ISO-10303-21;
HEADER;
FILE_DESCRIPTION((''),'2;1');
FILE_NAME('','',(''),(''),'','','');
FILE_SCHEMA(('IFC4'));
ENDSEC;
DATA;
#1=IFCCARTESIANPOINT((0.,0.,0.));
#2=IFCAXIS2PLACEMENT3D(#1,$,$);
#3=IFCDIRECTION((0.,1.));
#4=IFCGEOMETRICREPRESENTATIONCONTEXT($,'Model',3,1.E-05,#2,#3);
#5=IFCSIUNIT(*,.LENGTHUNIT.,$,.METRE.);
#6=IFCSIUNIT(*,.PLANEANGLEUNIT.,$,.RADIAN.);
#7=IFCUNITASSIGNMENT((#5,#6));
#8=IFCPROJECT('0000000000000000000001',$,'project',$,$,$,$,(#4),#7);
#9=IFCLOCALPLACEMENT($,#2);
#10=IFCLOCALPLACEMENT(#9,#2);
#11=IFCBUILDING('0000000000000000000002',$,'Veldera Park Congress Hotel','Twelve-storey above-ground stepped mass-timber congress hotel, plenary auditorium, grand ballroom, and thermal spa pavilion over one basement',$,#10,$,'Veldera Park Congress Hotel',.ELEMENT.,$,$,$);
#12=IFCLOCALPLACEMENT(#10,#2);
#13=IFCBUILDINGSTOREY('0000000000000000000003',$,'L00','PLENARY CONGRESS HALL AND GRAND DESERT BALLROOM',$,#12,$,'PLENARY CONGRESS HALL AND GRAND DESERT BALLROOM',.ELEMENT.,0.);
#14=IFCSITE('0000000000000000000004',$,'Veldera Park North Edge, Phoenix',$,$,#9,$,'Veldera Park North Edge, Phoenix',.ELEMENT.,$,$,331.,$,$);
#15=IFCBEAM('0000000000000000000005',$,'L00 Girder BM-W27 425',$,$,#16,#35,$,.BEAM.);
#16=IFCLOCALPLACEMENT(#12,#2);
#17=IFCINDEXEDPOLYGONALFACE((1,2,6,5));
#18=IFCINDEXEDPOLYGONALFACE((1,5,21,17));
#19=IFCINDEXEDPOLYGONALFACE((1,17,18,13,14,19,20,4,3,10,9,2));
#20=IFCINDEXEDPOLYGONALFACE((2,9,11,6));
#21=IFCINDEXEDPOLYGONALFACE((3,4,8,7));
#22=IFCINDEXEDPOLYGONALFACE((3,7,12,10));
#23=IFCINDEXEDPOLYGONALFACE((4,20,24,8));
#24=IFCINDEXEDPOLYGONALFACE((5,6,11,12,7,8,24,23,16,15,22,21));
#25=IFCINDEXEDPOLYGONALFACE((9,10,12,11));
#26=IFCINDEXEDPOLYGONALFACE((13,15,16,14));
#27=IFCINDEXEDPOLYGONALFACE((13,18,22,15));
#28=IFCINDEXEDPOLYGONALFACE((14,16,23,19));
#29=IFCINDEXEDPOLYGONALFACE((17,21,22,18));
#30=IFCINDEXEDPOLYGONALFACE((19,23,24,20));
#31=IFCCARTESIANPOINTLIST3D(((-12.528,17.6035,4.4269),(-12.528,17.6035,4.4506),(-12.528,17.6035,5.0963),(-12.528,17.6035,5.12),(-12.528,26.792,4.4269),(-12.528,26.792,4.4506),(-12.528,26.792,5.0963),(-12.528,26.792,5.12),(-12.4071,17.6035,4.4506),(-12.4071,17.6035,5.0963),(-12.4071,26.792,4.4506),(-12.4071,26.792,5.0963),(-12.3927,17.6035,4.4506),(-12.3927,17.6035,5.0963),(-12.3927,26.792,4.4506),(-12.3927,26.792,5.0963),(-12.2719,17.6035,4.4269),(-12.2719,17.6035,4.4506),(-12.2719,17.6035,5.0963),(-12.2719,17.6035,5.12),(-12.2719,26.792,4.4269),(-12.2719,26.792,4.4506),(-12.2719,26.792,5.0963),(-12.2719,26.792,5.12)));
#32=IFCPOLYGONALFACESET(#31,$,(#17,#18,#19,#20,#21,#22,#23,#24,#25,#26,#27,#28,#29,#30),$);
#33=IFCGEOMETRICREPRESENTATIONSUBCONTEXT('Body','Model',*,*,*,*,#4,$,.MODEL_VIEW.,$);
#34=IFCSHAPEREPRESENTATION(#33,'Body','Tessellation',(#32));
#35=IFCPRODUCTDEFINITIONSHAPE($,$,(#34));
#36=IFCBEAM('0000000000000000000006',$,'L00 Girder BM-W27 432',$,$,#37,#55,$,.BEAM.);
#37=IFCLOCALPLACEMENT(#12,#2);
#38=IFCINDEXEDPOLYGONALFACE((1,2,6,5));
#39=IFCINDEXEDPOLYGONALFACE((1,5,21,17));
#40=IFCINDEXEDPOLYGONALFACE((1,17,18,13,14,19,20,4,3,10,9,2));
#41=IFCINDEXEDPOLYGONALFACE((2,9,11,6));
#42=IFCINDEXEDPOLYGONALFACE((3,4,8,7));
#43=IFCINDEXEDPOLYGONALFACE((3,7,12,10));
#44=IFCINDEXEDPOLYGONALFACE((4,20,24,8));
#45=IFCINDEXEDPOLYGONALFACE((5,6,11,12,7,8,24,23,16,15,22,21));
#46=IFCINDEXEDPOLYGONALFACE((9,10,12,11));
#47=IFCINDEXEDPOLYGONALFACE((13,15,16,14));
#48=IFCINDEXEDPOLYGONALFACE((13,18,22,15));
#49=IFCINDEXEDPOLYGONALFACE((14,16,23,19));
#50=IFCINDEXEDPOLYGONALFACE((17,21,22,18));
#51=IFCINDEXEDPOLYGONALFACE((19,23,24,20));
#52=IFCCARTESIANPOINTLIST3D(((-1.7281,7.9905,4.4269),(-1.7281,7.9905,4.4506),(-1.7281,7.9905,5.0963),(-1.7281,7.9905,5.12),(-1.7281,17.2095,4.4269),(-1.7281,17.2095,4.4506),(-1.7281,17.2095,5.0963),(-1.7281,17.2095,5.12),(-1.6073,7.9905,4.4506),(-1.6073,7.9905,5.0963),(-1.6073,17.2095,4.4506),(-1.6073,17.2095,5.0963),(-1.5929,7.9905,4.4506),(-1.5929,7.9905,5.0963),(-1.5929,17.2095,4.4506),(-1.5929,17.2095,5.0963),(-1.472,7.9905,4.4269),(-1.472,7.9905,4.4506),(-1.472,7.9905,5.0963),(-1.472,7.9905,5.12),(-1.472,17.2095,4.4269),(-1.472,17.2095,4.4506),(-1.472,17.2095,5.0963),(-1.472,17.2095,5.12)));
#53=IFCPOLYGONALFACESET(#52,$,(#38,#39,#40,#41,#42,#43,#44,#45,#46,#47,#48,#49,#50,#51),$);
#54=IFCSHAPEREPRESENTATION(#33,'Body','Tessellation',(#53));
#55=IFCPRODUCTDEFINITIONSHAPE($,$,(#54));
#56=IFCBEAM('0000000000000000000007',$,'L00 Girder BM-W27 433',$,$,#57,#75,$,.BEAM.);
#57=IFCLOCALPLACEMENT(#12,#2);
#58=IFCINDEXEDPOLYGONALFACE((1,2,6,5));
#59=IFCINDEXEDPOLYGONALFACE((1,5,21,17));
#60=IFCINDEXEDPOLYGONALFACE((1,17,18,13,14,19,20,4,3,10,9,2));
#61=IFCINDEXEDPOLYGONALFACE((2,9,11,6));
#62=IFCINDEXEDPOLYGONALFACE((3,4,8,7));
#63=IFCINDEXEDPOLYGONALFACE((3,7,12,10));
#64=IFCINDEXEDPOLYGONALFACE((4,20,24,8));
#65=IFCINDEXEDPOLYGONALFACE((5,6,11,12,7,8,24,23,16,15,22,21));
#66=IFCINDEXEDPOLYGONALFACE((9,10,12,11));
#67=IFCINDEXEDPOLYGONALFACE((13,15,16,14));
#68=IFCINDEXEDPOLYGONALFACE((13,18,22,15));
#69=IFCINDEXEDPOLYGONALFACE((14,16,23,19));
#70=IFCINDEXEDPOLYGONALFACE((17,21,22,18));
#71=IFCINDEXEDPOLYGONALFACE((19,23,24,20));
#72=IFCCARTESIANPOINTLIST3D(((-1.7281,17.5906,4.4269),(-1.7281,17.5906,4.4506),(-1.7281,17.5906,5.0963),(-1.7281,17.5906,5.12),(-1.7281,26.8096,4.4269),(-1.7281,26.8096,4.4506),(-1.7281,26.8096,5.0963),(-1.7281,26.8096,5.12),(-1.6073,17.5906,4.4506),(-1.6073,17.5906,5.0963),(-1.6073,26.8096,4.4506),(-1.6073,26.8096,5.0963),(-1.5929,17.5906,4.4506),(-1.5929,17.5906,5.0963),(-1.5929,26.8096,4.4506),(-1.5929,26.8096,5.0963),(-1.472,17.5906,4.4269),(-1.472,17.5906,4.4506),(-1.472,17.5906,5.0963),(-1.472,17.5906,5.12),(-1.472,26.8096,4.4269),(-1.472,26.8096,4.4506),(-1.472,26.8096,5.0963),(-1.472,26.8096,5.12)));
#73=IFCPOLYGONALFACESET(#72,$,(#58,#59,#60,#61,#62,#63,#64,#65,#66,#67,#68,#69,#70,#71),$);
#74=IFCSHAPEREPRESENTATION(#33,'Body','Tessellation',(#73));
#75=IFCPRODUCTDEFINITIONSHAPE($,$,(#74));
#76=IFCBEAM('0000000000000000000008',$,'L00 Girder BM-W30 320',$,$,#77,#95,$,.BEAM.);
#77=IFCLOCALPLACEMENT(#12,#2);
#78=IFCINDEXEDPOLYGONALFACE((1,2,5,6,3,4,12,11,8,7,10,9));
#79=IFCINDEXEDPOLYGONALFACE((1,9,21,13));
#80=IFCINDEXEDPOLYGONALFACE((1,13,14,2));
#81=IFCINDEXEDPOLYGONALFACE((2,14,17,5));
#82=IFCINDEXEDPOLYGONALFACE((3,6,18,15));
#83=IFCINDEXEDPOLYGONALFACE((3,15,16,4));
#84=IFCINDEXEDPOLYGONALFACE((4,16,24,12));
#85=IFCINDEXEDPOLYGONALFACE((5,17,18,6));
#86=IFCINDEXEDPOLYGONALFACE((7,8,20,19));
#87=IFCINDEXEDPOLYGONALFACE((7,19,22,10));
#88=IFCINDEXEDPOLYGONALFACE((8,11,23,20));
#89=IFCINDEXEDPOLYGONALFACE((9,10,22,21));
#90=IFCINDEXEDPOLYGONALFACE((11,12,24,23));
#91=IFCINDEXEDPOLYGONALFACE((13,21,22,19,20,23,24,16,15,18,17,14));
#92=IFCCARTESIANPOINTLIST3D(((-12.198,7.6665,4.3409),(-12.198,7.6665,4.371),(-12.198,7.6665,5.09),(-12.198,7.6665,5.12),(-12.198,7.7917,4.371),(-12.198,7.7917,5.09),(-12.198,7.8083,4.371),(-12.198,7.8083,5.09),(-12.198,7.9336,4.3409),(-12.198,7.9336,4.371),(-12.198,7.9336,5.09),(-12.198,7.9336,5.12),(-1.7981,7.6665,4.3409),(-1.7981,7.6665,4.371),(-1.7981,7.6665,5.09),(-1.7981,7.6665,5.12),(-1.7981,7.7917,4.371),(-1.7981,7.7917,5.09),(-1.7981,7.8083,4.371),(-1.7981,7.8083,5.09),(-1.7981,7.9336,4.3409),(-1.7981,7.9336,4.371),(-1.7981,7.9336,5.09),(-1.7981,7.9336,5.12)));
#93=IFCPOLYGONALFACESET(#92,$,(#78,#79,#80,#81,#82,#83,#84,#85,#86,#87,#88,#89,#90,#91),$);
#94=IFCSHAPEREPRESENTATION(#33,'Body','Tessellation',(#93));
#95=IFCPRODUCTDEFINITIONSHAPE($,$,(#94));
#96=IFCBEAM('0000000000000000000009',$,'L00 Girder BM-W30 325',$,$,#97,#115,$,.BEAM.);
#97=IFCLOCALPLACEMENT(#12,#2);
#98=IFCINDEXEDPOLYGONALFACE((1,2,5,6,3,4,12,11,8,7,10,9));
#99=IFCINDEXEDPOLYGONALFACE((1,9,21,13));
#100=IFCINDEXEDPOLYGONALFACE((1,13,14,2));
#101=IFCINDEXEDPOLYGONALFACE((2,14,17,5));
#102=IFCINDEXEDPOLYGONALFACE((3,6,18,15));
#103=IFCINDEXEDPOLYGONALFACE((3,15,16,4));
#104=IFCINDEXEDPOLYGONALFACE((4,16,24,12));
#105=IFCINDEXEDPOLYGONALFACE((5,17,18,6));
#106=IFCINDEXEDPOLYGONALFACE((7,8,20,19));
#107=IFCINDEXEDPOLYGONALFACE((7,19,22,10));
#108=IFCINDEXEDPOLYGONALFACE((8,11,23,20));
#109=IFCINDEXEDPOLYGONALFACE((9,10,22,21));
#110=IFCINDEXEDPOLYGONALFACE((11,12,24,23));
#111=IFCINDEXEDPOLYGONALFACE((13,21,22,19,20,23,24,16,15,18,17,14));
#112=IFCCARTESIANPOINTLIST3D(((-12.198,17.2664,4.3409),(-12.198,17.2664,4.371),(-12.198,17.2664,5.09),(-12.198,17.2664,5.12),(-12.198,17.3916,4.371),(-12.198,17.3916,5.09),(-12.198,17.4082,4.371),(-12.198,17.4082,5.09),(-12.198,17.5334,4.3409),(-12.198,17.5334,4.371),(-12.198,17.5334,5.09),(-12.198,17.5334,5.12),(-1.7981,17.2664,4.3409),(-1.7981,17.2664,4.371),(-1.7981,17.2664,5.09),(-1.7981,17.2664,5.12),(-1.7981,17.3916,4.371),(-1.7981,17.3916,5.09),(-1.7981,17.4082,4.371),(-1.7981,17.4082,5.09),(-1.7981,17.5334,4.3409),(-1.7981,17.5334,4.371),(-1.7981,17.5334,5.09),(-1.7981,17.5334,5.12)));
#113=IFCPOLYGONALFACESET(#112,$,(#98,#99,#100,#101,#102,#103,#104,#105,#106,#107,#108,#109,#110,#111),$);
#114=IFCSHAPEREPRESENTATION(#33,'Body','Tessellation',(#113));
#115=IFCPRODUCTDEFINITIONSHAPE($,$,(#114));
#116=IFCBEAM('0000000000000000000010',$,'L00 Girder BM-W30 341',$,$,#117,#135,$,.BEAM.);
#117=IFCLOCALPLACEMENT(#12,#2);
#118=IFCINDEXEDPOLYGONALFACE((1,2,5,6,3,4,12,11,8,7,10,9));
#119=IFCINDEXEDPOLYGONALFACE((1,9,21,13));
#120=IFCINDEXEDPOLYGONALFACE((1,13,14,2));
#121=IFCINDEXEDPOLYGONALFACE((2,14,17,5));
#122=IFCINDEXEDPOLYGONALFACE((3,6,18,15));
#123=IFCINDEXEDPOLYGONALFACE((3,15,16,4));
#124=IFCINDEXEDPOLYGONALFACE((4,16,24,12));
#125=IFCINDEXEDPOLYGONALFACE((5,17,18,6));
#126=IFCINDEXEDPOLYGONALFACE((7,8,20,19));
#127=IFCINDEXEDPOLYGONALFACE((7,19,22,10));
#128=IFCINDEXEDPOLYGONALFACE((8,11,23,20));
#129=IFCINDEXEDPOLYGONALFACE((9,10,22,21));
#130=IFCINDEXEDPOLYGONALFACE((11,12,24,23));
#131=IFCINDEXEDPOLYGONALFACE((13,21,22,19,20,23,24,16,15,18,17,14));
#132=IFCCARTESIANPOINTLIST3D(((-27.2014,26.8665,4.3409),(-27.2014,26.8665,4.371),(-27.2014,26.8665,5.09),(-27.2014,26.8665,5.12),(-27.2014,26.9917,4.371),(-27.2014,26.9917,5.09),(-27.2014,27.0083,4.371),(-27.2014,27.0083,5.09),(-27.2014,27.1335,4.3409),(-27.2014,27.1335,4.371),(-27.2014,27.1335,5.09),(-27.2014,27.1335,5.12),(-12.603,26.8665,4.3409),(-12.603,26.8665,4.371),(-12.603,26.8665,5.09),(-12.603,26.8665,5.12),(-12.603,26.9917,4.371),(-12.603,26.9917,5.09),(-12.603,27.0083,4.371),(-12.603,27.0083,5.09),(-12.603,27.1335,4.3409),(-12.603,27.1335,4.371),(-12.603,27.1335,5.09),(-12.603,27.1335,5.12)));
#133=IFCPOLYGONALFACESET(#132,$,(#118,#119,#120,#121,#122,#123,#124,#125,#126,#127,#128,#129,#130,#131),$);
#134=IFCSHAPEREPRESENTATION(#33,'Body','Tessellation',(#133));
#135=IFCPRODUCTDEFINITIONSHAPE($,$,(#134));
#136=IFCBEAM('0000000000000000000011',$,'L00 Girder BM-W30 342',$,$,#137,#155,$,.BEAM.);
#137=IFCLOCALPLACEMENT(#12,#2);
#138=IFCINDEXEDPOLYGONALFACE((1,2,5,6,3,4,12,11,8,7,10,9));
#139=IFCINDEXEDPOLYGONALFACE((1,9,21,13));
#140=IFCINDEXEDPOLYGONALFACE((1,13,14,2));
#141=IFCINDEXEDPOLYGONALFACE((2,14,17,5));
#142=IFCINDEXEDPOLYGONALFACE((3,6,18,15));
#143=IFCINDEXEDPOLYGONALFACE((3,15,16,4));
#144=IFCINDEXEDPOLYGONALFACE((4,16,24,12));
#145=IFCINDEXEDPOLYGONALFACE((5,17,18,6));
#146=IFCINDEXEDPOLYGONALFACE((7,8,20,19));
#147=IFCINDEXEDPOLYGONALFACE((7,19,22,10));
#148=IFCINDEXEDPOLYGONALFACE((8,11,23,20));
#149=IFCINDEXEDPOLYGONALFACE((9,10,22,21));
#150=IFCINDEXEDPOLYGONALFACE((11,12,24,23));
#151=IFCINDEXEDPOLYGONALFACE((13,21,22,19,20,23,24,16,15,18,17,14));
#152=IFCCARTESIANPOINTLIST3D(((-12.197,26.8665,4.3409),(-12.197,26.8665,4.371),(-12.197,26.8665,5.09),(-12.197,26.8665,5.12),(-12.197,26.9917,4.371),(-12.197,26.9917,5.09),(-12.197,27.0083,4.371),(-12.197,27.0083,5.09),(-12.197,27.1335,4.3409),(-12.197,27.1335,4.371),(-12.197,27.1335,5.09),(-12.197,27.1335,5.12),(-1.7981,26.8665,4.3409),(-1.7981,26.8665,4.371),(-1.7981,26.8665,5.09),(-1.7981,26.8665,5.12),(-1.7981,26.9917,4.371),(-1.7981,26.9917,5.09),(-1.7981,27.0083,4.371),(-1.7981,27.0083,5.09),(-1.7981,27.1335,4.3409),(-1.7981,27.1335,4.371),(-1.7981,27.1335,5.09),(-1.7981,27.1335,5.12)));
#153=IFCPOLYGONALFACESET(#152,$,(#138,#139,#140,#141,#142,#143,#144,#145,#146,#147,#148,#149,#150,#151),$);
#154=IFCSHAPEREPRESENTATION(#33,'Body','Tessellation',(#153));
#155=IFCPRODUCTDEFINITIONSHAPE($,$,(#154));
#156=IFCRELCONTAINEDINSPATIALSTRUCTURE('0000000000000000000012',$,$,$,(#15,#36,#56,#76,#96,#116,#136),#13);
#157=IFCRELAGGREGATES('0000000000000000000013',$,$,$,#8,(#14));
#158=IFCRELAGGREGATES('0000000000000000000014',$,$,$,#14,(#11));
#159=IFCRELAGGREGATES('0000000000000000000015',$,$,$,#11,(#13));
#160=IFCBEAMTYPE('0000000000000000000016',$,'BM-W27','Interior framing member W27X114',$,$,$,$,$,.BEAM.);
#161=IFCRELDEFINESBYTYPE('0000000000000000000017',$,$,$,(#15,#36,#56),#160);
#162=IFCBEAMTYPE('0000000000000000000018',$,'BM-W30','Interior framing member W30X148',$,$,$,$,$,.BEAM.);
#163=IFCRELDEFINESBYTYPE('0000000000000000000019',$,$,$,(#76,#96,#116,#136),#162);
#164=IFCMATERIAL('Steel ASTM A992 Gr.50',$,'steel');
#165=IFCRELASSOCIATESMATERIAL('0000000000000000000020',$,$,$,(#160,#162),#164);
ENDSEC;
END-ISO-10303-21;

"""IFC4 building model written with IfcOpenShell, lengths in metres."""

from ifc_helpers import new_model, si_unit, direction, frame, origin, origin_2d, place, context, subcontext, project, spatial, i_section, extrude, material, material_profile, profile_set, type_object, element, save


model = new_model("IFC4")

# Units and contexts
model_context = context("Model", 3, precision=1e-05, world=origin(), true_north=direction((0.0, 1.0)))
body_context = subcontext(model_context, "Body", "Model", "MODEL_VIEW")
ifc_project = project(units=[si_unit("LENGTHUNIT", "METRE"), si_unit("PLANEANGLEUNIT", "RADIAN")], contexts=[model_context])

# Site, building, storey
site_placement = place(None, origin())
site = spatial("IfcSite", under=ifc_project, at=site_placement, Name="Veldera Park North Edge, Phoenix", LongName="Veldera Park North Edge, Phoenix", CompositionType="ELEMENT", RefElevation=331.0)
building_placement = place(site_placement, origin())
building = spatial("IfcBuilding", under=site, at=building_placement, Name="Veldera Park Congress Hotel", Description="Twelve-storey above-ground stepped mass-timber congress hotel, plenary auditorium, grand ballroom, and thermal spa pavilion over one basement", LongName="Veldera Park Congress Hotel", CompositionType="ELEMENT")
storey_placement = place(building_placement, origin())
storey = spatial("IfcBuildingStorey", under=building, at=storey_placement, Name="L00", Description="PLENARY CONGRESS HALL AND GRAND DESERT BALLROOM", LongName="PLENARY CONGRESS HALL AND GRAND DESERT BALLROOM", CompositionType="ELEMENT", Elevation=0.0)

# Shared definitions
ifc_material_1 = material(Name="Steel ASTM A992 Gr.50", Category="steel")

# Beams
ifc_material_profile_1 = material_profile(ifc_material_1, i_section(OverallWidth=0.2561, OverallDepth=0.6931, WebThickness=0.0144, FlangeThickness=0.0237, at=origin_2d()), Name="W27X114")
ifc_profile_set_1 = profile_set([ifc_material_profile_1], Name="Steel ASTM A992 Gr.50")
beam_type_1 = type_object("IfcBeamType", Name="BM-W27", Description="Interior framing member W27X114", PredefinedType="BEAM", material=ifc_profile_set_1)
beam_1_placement = place(storey_placement, frame((-12.3999, 17.6035, 4.7734), z_axis=(0.0, 1.0, 0.0), x_axis=(-1.0, 0.0, 0.0)))
element("IfcBeam", 1, at=beam_1_placement, inside=storey, type_object=beam_type_1, Name="L00 Girder BM-W27 425", PredefinedType="BEAM", context=body_context, shape_type="SweptSolid", body=[
    extrude(i_section(OverallWidth=0.2561, OverallDepth=0.6931, WebThickness=0.0144, FlangeThickness=0.0237, at=origin_2d()), origin(), (0.0, 0.0, 1.0), 9.1885),
])
for number, where, z_axis, x_axis, name in (
    (2, (-1.6001, 7.9905, 4.7734), (0.0, 1.0, 0.0), (-1.0, 0.0, 0.0), "L00 Girder BM-W27 432"),
    (3, (-1.6001, 17.5906, 4.7734), (0.0, 1.0, 0.0), (-1.0, 0.0, 0.0), "L00 Girder BM-W27 433"),
):
    element("IfcBeam", number, at=place(storey_placement, frame(where, z_axis=z_axis, x_axis=x_axis)), inside=storey, type_object=beam_type_1, Name=name, PredefinedType="BEAM", context=body_context, shape_type="SweptSolid", body=[
        extrude(i_section(OverallWidth=0.2561, OverallDepth=0.6931, WebThickness=0.0144, FlangeThickness=0.0237, at=origin_2d()), origin(), (0.0, 0.0, 1.0), 9.219),
    ])
ifc_material_profile_2 = material_profile(ifc_material_1, i_section(OverallWidth=0.2671, OverallDepth=0.7791, WebThickness=0.0166, FlangeThickness=0.03, at=origin_2d()), Name="W30X148")
ifc_profile_set_2 = profile_set([ifc_material_profile_2], Name="Steel ASTM A992 Gr.50")
beam_type_2 = type_object("IfcBeamType", Name="BM-W30", Description="Interior framing member W30X148", PredefinedType="BEAM", material=ifc_profile_set_2)
for number, where, z_axis, x_axis, name in (
    (4, (-12.198, 7.8, 4.7305), (1.0, 0.0, 0.0), (0.0, 1.0, 0.0), "L00 Girder BM-W30 320"),
    (5, (-12.198, 17.3999, 4.7305), (1.0, 0.0, 0.0), (0.0, 1.0, 0.0), "L00 Girder BM-W30 325"),
):
    element("IfcBeam", number, at=place(storey_placement, frame(where, z_axis=z_axis, x_axis=x_axis)), inside=storey, type_object=beam_type_2, Name=name, PredefinedType="BEAM", context=body_context, shape_type="SweptSolid", body=[
        extrude(i_section(OverallWidth=0.2671, OverallDepth=0.7791, WebThickness=0.0166, FlangeThickness=0.03, at=origin_2d()), origin(), (0.0, 0.0, 1.0), 10.3999),
    ])
beam_2_placement = place(storey_placement, frame((-27.2014, 27.0, 4.7305), z_axis=(1.0, 0.0, 0.0), x_axis=(0.0, 1.0, 0.0)))
element("IfcBeam", 6, at=beam_2_placement, inside=storey, type_object=beam_type_2, Name="L00 Girder BM-W30 341", PredefinedType="BEAM", context=body_context, shape_type="SweptSolid", body=[
    extrude(i_section(OverallWidth=0.2671, OverallDepth=0.7791, WebThickness=0.0166, FlangeThickness=0.03, at=origin_2d()), origin(), (0.0, 0.0, 1.0), 14.5984),
])
beam_3_placement = place(storey_placement, frame((-12.197, 27.0, 4.7305), z_axis=(1.0, 0.0, 0.0), x_axis=(0.0, 1.0, 0.0)))
element("IfcBeam", 7, at=beam_3_placement, inside=storey, type_object=beam_type_2, Name="L00 Girder BM-W30 342", PredefinedType="BEAM", context=body_context, shape_type="SweptSolid", body=[
    extrude(i_section(OverallWidth=0.2671, OverallDepth=0.7791, WebThickness=0.0166, FlangeThickness=0.03, at=origin_2d()), origin(), (0.0, 0.0, 1.0), 10.3989),
])

save(model, "model.ifc")
